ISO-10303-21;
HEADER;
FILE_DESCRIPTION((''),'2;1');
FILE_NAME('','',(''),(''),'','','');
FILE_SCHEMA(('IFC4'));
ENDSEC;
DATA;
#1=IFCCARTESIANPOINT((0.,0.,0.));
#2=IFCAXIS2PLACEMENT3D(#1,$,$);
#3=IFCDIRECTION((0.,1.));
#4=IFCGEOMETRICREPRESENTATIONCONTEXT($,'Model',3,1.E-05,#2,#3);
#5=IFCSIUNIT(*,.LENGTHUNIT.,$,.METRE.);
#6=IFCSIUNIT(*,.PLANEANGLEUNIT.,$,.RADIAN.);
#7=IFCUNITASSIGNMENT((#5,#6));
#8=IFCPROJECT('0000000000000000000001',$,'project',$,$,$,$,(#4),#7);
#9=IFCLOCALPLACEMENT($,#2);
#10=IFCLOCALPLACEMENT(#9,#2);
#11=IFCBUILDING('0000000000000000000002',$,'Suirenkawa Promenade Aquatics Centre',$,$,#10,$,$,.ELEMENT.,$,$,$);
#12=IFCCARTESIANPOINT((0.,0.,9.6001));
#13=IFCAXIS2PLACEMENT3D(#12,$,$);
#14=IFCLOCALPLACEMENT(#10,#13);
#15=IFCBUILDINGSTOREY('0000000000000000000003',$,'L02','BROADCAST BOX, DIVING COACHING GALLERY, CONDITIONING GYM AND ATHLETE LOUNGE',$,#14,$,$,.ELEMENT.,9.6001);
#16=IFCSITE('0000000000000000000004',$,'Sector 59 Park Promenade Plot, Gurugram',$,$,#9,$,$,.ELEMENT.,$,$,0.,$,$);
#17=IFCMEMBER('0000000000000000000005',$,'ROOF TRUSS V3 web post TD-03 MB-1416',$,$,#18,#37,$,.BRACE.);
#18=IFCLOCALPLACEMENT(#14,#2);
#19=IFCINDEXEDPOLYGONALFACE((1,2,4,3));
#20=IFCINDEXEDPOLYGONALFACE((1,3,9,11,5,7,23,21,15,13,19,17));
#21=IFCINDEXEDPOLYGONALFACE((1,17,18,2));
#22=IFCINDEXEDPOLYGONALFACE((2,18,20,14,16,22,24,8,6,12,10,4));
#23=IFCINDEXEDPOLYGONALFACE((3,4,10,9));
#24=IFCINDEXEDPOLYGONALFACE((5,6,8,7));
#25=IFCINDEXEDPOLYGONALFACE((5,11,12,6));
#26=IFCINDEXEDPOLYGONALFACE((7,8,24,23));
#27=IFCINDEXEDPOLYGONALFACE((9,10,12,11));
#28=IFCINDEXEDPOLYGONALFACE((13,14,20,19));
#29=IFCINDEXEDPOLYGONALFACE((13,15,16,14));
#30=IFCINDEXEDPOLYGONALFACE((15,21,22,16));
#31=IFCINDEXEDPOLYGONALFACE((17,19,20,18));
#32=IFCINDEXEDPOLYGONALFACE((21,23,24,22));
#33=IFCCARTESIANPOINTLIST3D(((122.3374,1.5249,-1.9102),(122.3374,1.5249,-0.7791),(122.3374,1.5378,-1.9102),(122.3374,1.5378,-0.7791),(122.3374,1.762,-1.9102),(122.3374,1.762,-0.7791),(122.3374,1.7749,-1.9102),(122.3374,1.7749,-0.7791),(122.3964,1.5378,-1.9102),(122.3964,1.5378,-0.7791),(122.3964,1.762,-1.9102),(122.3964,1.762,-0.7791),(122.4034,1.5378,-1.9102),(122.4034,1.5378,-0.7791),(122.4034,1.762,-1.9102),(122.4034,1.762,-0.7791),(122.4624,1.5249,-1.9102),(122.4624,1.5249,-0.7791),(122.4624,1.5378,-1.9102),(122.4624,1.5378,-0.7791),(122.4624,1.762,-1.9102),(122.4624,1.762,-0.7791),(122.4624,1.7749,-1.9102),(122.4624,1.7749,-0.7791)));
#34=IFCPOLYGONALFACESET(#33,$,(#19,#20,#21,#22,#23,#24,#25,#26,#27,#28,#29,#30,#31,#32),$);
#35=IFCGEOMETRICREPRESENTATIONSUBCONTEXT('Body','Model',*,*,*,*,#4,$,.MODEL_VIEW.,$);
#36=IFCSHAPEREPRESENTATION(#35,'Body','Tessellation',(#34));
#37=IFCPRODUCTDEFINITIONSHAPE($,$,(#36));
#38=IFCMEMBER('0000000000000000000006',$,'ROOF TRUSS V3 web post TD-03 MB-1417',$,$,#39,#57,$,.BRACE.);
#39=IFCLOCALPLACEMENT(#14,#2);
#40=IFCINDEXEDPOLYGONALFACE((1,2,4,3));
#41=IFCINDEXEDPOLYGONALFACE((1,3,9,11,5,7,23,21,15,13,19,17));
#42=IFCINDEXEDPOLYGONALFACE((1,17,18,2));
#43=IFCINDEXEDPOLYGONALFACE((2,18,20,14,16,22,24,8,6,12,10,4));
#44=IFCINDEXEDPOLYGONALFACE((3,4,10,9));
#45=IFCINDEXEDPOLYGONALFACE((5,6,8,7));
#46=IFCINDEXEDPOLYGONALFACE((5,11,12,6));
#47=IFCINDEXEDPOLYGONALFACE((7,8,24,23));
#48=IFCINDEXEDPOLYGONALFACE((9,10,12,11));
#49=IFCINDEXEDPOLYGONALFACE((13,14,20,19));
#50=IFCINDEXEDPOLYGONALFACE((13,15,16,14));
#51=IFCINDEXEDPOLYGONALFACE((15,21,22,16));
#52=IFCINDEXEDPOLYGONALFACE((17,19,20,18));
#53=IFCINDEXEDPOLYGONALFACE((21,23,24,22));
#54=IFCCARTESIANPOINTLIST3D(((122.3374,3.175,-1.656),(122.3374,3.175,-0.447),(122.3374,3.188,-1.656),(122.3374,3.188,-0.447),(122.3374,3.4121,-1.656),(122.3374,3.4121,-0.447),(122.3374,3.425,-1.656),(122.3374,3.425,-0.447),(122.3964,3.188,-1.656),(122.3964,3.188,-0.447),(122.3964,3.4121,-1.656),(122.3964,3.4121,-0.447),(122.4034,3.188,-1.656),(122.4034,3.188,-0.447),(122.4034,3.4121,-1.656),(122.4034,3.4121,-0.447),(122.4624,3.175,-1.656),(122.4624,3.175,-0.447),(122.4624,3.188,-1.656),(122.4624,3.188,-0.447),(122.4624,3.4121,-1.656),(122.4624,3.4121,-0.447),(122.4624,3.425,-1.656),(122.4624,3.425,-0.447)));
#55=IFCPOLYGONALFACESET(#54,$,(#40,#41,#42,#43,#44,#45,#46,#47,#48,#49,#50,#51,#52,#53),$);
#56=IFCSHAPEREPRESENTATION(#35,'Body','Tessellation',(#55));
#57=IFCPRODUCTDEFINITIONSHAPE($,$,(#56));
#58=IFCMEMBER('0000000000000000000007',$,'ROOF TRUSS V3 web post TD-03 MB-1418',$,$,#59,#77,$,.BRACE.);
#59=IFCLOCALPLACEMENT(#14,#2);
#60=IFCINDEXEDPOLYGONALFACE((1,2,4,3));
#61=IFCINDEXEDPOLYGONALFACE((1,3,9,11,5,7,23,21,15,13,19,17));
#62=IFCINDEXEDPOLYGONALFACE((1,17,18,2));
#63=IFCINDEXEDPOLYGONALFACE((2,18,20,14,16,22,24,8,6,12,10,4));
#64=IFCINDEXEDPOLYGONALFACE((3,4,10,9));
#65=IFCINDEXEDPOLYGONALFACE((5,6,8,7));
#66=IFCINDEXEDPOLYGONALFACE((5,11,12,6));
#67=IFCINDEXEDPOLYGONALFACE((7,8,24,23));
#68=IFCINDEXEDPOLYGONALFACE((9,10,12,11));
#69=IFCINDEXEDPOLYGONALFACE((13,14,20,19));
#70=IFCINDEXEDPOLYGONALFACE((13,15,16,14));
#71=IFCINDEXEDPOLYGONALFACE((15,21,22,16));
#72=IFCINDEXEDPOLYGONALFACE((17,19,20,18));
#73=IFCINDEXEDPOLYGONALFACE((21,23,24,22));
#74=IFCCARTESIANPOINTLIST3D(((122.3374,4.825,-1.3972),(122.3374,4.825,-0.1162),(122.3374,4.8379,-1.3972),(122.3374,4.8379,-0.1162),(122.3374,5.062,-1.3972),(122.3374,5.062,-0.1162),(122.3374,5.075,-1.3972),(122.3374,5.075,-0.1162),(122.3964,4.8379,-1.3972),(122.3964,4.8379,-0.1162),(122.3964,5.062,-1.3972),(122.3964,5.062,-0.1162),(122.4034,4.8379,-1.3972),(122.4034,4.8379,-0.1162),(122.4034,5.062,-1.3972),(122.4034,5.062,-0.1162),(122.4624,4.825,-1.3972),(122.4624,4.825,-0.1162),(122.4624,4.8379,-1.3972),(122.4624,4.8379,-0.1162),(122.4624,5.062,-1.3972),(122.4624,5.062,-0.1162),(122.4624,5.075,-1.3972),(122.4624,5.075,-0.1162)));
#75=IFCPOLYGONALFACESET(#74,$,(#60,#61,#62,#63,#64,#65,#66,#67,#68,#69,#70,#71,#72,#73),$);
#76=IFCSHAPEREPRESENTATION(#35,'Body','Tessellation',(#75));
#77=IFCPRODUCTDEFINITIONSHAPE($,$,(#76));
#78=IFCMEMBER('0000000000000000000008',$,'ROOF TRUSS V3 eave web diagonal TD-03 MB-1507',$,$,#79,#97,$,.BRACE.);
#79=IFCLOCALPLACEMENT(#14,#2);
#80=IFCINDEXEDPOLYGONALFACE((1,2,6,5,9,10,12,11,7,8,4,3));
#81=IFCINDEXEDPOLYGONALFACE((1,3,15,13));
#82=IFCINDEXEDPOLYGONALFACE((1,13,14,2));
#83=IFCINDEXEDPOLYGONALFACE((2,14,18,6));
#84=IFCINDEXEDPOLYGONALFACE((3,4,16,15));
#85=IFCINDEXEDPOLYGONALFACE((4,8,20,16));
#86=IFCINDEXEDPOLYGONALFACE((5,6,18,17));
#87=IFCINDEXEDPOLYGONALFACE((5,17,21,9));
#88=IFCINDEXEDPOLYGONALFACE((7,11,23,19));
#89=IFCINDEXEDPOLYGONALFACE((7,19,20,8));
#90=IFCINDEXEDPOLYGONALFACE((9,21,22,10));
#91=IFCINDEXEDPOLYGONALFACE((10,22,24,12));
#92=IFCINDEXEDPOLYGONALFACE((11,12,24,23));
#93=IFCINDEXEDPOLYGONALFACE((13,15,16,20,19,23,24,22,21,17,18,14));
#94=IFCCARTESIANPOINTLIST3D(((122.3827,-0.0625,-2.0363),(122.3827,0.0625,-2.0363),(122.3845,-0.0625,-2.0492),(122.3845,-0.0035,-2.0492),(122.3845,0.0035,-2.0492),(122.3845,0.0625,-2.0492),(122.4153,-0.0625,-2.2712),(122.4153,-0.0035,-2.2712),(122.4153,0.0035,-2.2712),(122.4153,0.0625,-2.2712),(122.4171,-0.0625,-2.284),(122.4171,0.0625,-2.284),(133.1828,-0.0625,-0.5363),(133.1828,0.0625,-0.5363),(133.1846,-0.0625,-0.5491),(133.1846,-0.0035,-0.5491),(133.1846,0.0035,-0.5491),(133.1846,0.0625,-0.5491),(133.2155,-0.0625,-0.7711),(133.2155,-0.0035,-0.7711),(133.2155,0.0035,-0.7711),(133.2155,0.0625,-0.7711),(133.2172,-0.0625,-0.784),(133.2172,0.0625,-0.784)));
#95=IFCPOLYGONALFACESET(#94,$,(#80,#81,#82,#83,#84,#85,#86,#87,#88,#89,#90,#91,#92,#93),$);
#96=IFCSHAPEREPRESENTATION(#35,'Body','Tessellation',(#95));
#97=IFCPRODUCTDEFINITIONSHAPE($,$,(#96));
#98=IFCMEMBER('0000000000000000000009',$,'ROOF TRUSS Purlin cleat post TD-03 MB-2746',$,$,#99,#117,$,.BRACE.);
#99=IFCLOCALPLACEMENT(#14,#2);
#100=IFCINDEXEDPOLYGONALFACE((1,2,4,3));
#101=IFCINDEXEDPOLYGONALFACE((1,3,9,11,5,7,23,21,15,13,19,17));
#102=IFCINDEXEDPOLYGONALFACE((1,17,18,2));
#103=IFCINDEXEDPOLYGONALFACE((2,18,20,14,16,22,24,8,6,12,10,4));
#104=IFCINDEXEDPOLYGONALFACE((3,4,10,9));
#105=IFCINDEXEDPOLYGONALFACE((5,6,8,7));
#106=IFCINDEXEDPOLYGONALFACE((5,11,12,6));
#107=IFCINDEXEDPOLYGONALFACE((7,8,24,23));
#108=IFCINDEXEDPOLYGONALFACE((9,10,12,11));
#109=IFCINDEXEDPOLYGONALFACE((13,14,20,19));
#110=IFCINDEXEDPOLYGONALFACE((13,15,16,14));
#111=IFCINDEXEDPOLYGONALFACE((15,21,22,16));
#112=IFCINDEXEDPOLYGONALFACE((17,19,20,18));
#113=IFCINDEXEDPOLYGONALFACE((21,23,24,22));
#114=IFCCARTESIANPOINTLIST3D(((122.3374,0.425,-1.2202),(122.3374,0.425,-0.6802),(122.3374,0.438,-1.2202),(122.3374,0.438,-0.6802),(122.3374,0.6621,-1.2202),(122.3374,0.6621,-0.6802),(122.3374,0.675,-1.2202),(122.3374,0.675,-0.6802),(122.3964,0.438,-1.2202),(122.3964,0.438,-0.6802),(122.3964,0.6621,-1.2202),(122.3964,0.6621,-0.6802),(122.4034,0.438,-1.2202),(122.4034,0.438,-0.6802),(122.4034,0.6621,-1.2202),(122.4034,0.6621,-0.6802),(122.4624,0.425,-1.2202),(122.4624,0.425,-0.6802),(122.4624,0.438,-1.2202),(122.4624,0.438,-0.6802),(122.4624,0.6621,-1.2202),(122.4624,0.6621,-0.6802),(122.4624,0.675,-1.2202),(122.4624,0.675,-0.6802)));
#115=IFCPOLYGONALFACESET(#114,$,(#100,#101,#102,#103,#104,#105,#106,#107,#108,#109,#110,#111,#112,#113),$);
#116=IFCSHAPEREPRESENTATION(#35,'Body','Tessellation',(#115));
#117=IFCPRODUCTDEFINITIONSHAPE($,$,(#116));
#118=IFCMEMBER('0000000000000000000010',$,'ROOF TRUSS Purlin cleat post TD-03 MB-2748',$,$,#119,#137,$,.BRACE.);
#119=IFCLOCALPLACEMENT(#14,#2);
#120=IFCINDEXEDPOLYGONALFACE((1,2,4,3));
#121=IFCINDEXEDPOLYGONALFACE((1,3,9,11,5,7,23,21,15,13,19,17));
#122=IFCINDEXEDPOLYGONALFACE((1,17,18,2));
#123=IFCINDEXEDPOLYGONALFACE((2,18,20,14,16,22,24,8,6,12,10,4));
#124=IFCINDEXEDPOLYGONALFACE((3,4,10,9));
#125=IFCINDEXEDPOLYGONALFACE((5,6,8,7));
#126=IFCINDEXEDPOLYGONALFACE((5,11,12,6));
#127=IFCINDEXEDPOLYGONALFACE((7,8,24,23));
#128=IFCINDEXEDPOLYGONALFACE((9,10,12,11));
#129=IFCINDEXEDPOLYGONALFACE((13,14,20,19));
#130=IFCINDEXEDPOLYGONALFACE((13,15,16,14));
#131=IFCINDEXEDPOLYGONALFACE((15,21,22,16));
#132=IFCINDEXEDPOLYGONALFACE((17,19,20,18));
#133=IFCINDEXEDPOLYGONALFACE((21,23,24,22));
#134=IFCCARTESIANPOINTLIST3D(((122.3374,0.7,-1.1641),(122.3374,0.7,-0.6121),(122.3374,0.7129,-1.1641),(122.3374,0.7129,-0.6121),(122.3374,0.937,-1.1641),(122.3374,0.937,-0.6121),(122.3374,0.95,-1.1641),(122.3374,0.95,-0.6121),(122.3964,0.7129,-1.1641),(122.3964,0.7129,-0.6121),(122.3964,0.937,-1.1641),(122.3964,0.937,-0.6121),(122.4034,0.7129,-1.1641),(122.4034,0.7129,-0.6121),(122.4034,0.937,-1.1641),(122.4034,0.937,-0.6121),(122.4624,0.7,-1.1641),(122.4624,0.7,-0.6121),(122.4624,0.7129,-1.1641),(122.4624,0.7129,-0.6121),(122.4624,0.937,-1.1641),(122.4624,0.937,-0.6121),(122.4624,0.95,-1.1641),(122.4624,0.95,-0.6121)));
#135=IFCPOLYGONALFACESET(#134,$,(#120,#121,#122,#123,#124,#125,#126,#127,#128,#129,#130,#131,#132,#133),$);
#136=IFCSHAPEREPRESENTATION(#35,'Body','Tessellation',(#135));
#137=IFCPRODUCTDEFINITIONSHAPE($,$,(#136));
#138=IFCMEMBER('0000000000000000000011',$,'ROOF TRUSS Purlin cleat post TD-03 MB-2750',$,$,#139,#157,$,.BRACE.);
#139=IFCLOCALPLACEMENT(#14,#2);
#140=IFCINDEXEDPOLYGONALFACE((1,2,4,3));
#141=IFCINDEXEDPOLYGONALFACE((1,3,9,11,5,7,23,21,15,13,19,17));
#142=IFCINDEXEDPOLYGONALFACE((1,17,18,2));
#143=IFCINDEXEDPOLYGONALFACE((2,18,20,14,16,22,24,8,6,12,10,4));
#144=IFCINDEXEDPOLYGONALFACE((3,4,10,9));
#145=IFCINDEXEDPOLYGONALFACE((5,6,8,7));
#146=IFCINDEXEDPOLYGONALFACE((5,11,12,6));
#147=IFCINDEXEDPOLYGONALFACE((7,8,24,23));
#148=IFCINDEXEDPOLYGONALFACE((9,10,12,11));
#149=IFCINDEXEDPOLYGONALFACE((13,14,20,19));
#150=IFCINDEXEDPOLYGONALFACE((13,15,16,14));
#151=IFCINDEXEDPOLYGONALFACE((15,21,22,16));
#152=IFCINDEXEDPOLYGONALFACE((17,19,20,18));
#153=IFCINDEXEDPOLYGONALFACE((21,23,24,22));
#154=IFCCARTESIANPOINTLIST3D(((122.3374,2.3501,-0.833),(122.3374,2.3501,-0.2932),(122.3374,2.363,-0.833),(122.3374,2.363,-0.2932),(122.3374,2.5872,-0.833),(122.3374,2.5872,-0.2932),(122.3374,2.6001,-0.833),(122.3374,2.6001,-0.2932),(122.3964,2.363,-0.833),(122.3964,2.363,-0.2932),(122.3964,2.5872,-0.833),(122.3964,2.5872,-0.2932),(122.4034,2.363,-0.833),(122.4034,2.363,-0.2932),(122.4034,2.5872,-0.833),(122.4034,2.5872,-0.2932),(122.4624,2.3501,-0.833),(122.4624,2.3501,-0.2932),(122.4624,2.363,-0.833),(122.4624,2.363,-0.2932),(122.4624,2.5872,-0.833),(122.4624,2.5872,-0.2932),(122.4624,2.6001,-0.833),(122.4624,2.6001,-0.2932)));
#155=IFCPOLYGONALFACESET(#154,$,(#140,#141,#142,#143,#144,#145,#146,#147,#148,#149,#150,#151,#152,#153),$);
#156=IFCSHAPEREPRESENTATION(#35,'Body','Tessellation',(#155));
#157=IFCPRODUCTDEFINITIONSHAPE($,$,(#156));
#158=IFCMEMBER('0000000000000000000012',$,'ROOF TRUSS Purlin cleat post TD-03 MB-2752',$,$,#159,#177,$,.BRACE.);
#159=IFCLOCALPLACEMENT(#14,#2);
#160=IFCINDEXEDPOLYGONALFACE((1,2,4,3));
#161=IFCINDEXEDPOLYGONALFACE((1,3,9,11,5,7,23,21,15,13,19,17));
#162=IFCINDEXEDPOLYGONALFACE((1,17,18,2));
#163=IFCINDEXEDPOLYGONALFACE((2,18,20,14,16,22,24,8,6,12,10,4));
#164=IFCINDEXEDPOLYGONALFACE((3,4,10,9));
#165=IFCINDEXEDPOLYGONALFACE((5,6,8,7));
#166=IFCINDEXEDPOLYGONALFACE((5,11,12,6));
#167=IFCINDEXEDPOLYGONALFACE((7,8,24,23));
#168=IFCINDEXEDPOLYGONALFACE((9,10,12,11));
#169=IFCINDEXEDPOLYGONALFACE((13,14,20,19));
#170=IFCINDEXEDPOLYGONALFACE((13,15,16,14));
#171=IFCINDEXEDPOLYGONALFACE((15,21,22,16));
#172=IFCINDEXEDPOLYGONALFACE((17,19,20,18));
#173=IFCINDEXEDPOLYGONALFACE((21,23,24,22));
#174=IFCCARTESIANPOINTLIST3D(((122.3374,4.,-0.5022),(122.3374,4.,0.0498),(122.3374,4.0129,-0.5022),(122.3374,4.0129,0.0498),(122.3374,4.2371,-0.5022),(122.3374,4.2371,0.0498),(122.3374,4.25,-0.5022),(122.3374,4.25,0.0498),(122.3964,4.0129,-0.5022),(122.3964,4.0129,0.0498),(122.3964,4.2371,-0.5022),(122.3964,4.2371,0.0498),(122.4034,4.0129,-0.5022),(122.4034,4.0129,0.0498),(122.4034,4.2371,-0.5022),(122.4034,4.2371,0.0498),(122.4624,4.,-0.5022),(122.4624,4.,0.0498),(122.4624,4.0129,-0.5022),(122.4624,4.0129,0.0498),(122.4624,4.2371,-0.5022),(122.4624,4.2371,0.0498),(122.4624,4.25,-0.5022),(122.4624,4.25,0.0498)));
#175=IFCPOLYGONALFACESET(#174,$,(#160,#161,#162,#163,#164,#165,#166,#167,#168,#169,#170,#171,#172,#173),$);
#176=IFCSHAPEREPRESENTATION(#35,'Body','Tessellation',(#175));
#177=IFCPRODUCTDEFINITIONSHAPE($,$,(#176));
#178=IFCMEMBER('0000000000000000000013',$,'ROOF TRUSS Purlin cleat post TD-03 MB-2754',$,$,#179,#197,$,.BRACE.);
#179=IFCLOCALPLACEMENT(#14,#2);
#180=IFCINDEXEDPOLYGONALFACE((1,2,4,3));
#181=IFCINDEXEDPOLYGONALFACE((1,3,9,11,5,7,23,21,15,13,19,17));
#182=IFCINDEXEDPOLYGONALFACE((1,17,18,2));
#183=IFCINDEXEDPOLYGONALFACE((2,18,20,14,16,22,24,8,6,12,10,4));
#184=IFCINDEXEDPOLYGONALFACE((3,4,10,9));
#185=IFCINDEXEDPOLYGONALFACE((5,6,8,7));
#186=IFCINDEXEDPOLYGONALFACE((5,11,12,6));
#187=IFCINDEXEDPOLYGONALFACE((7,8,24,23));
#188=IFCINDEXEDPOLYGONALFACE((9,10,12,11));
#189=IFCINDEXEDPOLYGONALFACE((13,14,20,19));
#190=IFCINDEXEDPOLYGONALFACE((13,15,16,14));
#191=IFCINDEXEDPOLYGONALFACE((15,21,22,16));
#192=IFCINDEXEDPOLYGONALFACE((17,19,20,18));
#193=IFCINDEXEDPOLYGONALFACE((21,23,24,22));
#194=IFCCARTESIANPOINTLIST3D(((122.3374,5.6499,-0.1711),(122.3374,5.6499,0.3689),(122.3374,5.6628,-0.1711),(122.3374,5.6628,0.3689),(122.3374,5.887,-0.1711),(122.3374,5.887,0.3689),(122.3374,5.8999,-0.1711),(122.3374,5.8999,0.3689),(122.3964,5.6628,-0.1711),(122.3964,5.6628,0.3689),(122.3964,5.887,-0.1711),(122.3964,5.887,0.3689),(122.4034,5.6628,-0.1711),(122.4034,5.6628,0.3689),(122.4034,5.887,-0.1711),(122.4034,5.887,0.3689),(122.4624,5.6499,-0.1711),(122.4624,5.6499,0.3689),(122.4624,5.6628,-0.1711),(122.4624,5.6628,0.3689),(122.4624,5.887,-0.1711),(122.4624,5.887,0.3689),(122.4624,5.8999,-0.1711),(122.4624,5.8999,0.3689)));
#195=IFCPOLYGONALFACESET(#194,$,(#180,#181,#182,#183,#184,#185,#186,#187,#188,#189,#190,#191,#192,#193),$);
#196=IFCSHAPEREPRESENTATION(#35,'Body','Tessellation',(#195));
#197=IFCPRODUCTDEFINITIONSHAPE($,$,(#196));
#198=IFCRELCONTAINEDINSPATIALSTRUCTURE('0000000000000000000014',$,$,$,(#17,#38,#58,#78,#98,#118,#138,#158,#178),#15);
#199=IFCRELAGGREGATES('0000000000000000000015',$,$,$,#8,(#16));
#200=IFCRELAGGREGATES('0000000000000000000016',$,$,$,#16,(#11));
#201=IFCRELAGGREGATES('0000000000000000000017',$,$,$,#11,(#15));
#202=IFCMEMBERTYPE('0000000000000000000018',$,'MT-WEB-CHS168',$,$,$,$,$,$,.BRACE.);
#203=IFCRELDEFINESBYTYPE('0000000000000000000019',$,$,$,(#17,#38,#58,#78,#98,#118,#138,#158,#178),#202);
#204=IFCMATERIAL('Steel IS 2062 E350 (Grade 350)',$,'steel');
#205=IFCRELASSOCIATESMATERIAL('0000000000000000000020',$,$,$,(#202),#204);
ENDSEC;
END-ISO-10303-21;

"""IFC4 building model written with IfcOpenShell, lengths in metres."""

from ifc_helpers import new_model, si_unit, direction, frame, origin, origin_2d, place, context, subcontext, project, spatial, i_section, extrude, material, material_profile, profile_set, type_object, element, save


model = new_model("IFC4")

# Units and contexts
model_context = context("Model", 3, precision=1e-05, world=origin(), true_north=direction((0.0, 1.0)))
body_context = subcontext(model_context, "Body", "Model", "MODEL_VIEW")
ifc_project = project(units=[si_unit("LENGTHUNIT", "METRE"), si_unit("PLANEANGLEUNIT", "RADIAN")], contexts=[model_context])

# Site, building, storey
site_placement = place(None, origin())
site = spatial("IfcSite", under=ifc_project, at=site_placement, Name="Sector 59 Park Promenade Plot, Gurugram", CompositionType="ELEMENT", RefElevation=0.0)
building_placement = place(site_placement, origin())
building = spatial("IfcBuilding", under=site, at=building_placement, Name="Suirenkawa Promenade Aquatics Centre", CompositionType="ELEMENT")
storey_placement = place(building_placement, frame((0.0, 0.0, 9.6001)))
storey = spatial("IfcBuildingStorey", under=building, at=storey_placement, Name="L02", Description="BROADCAST BOX, DIVING COACHING GALLERY, CONDITIONING GYM AND ATHLETE LOUNGE", CompositionType="ELEMENT", Elevation=9.6001)

# Shared definitions
ifc_material_1 = material(Name="Steel IS 2062 E350 (Grade 350)", Category="steel")

# Members
ifc_material_profile_1 = material_profile(ifc_material_1, i_section(OverallWidth=0.125, OverallDepth=0.25, WebThickness=0.0071, FlangeThickness=0.0129, at=origin_2d()), Name="ISMB 250", Category="steel")
ifc_profile_set_1 = profile_set([ifc_material_profile_1], Name="Steel IS 2062 E350 (Grade 350)")
member_type_1 = type_object("IfcMemberType", Name="MT-WEB-CHS168", PredefinedType="BRACE", material=ifc_profile_set_1)
member_1_placement = place(storey_placement, frame((122.3999, 1.6499, -1.9102), z_axis=(0.0, 0.0, 1.0), x_axis=(1.0, 0.0, 0.0)))
element("IfcMember", 1, at=member_1_placement, inside=storey, type_object=member_type_1, Name="ROOF TRUSS V3 web post TD-03 MB-1416", PredefinedType="BRACE", context=body_context, shape_type="SweptSolid", body=[
    extrude(i_section(OverallWidth=0.125, OverallDepth=0.25, WebThickness=0.0071, FlangeThickness=0.0129, at=origin_2d()), origin(), (0.0, 0.0, 1.0), 1.1311),
])
member_2_placement = place(storey_placement, frame((122.3999, 3.3, -1.656), z_axis=(0.0, 0.0, 1.0), x_axis=(1.0, 0.0, 0.0)))
element("IfcMember", 2, at=member_2_placement, inside=storey, type_object=member_type_1, Name="ROOF TRUSS V3 web post TD-03 MB-1417", PredefinedType="BRACE", context=body_context, shape_type="SweptSolid", body=[
    extrude(i_section(OverallWidth=0.125, OverallDepth=0.25, WebThickness=0.0071, FlangeThickness=0.0129, at=origin_2d()), origin(), (0.0, 0.0, 1.0), 1.209),
])
member_3_placement = place(storey_placement, frame((122.3999, 4.95, -1.3972), z_axis=(0.0, 0.0, 1.0), x_axis=(1.0, 0.0, 0.0)))
element("IfcMember", 3, at=member_3_placement, inside=storey, type_object=member_type_1, Name="ROOF TRUSS V3 web post TD-03 MB-1418", PredefinedType="BRACE", context=body_context, shape_type="SweptSolid", body=[
    extrude(i_section(OverallWidth=0.125, OverallDepth=0.25, WebThickness=0.0071, FlangeThickness=0.0129, at=origin_2d()), origin(), (0.0, 0.0, 1.0), 1.281),
])
member_4_placement = place(storey_placement, frame((122.3999, 0.0, -2.1602), z_axis=(0.990492, 0.0, 0.137568), x_axis=(0.0, 1.0, 0.0)))
element("IfcMember", 4, at=member_4_placement, inside=storey, type_object=member_type_1, Name="ROOF TRUSS V3 eave web diagonal TD-03 MB-1507", PredefinedType="BRACE", context=body_context, shape_type="SweptSolid", body=[
    extrude(i_section(OverallWidth=0.125, OverallDepth=0.25, WebThickness=0.0071, FlangeThickness=0.0129, at=origin_2d()), origin(), (0.0, 0.0, 1.0), 10.9038),
])
member_5_placement = place(storey_placement, frame((122.3999, 0.55, -1.2202), z_axis=(0.0, 0.0, 1.0), x_axis=(1.0, 0.0, 0.0)))
element("IfcMember", 5, at=member_5_placement, inside=storey, type_object=member_type_1, Name="ROOF TRUSS Purlin cleat post TD-03 MB-2746", PredefinedType="BRACE", context=body_context, shape_type="SweptSolid", body=[
    extrude(i_section(OverallWidth=0.125, OverallDepth=0.25, WebThickness=0.0071, FlangeThickness=0.0129, at=origin_2d()), origin(), (0.0, 0.0, 1.0), 0.54),
])
member_6_placement = place(storey_placement, frame((122.3999, 0.825, -1.1641), z_axis=(0.0, 0.0, 1.0), x_axis=(1.0, 0.0, 0.0)))
element("IfcMember", 6, at=member_6_placement, inside=storey, type_object=member_type_1, Name="ROOF TRUSS Purlin cleat post TD-03 MB-2748", PredefinedType="BRACE", context=body_context, shape_type="SweptSolid", body=[
    extrude(i_section(OverallWidth=0.125, OverallDepth=0.25, WebThickness=0.0071, FlangeThickness=0.0129, at=origin_2d()), origin(), (0.0, 0.0, 1.0), 0.552),
])
member_7_placement = place(storey_placement, frame((122.3999, 2.4751, -0.833), z_axis=(0.0, 0.0, 1.0), x_axis=(1.0, 0.0, 0.0)))
element("IfcMember", 7, at=member_7_placement, inside=storey, type_object=member_type_1, Name="ROOF TRUSS Purlin cleat post TD-03 MB-2750", PredefinedType="BRACE", context=body_context, shape_type="SweptSolid", body=[
    extrude(i_section(OverallWidth=0.125, OverallDepth=0.25, WebThickness=0.0071, FlangeThickness=0.0129, at=origin_2d()), origin(), (0.0, 0.0, 1.0), 0.5398),
])
member_8_placement = place(storey_placement, frame((122.3999, 4.125, -0.5022), z_axis=(0.0, 0.0, 1.0), x_axis=(1.0, 0.0, 0.0)))
element("IfcMember", 8, at=member_8_placement, inside=storey, type_object=member_type_1, Name="ROOF TRUSS Purlin cleat post TD-03 MB-2752", PredefinedType="BRACE", context=body_context, shape_type="SweptSolid", body=[
    extrude(i_section(OverallWidth=0.125, OverallDepth=0.25, WebThickness=0.0071, FlangeThickness=0.0129, at=origin_2d()), origin(), (0.0, 0.0, 1.0), 0.552),
])
member_9_placement = place(storey_placement, frame((122.3999, 5.7749, -0.1711), z_axis=(0.0, 0.0, 1.0), x_axis=(1.0, 0.0, 0.0)))
element("IfcMember", 9, at=member_9_placement, inside=storey, type_object=member_type_1, Name="ROOF TRUSS Purlin cleat post TD-03 MB-2754", PredefinedType="BRACE", context=body_context, shape_type="SweptSolid", body=[
    extrude(i_section(OverallWidth=0.125, OverallDepth=0.25, WebThickness=0.0071, FlangeThickness=0.0129, at=origin_2d()), origin(), (0.0, 0.0, 1.0), 0.54),
])

save(model, "model.ifc")
